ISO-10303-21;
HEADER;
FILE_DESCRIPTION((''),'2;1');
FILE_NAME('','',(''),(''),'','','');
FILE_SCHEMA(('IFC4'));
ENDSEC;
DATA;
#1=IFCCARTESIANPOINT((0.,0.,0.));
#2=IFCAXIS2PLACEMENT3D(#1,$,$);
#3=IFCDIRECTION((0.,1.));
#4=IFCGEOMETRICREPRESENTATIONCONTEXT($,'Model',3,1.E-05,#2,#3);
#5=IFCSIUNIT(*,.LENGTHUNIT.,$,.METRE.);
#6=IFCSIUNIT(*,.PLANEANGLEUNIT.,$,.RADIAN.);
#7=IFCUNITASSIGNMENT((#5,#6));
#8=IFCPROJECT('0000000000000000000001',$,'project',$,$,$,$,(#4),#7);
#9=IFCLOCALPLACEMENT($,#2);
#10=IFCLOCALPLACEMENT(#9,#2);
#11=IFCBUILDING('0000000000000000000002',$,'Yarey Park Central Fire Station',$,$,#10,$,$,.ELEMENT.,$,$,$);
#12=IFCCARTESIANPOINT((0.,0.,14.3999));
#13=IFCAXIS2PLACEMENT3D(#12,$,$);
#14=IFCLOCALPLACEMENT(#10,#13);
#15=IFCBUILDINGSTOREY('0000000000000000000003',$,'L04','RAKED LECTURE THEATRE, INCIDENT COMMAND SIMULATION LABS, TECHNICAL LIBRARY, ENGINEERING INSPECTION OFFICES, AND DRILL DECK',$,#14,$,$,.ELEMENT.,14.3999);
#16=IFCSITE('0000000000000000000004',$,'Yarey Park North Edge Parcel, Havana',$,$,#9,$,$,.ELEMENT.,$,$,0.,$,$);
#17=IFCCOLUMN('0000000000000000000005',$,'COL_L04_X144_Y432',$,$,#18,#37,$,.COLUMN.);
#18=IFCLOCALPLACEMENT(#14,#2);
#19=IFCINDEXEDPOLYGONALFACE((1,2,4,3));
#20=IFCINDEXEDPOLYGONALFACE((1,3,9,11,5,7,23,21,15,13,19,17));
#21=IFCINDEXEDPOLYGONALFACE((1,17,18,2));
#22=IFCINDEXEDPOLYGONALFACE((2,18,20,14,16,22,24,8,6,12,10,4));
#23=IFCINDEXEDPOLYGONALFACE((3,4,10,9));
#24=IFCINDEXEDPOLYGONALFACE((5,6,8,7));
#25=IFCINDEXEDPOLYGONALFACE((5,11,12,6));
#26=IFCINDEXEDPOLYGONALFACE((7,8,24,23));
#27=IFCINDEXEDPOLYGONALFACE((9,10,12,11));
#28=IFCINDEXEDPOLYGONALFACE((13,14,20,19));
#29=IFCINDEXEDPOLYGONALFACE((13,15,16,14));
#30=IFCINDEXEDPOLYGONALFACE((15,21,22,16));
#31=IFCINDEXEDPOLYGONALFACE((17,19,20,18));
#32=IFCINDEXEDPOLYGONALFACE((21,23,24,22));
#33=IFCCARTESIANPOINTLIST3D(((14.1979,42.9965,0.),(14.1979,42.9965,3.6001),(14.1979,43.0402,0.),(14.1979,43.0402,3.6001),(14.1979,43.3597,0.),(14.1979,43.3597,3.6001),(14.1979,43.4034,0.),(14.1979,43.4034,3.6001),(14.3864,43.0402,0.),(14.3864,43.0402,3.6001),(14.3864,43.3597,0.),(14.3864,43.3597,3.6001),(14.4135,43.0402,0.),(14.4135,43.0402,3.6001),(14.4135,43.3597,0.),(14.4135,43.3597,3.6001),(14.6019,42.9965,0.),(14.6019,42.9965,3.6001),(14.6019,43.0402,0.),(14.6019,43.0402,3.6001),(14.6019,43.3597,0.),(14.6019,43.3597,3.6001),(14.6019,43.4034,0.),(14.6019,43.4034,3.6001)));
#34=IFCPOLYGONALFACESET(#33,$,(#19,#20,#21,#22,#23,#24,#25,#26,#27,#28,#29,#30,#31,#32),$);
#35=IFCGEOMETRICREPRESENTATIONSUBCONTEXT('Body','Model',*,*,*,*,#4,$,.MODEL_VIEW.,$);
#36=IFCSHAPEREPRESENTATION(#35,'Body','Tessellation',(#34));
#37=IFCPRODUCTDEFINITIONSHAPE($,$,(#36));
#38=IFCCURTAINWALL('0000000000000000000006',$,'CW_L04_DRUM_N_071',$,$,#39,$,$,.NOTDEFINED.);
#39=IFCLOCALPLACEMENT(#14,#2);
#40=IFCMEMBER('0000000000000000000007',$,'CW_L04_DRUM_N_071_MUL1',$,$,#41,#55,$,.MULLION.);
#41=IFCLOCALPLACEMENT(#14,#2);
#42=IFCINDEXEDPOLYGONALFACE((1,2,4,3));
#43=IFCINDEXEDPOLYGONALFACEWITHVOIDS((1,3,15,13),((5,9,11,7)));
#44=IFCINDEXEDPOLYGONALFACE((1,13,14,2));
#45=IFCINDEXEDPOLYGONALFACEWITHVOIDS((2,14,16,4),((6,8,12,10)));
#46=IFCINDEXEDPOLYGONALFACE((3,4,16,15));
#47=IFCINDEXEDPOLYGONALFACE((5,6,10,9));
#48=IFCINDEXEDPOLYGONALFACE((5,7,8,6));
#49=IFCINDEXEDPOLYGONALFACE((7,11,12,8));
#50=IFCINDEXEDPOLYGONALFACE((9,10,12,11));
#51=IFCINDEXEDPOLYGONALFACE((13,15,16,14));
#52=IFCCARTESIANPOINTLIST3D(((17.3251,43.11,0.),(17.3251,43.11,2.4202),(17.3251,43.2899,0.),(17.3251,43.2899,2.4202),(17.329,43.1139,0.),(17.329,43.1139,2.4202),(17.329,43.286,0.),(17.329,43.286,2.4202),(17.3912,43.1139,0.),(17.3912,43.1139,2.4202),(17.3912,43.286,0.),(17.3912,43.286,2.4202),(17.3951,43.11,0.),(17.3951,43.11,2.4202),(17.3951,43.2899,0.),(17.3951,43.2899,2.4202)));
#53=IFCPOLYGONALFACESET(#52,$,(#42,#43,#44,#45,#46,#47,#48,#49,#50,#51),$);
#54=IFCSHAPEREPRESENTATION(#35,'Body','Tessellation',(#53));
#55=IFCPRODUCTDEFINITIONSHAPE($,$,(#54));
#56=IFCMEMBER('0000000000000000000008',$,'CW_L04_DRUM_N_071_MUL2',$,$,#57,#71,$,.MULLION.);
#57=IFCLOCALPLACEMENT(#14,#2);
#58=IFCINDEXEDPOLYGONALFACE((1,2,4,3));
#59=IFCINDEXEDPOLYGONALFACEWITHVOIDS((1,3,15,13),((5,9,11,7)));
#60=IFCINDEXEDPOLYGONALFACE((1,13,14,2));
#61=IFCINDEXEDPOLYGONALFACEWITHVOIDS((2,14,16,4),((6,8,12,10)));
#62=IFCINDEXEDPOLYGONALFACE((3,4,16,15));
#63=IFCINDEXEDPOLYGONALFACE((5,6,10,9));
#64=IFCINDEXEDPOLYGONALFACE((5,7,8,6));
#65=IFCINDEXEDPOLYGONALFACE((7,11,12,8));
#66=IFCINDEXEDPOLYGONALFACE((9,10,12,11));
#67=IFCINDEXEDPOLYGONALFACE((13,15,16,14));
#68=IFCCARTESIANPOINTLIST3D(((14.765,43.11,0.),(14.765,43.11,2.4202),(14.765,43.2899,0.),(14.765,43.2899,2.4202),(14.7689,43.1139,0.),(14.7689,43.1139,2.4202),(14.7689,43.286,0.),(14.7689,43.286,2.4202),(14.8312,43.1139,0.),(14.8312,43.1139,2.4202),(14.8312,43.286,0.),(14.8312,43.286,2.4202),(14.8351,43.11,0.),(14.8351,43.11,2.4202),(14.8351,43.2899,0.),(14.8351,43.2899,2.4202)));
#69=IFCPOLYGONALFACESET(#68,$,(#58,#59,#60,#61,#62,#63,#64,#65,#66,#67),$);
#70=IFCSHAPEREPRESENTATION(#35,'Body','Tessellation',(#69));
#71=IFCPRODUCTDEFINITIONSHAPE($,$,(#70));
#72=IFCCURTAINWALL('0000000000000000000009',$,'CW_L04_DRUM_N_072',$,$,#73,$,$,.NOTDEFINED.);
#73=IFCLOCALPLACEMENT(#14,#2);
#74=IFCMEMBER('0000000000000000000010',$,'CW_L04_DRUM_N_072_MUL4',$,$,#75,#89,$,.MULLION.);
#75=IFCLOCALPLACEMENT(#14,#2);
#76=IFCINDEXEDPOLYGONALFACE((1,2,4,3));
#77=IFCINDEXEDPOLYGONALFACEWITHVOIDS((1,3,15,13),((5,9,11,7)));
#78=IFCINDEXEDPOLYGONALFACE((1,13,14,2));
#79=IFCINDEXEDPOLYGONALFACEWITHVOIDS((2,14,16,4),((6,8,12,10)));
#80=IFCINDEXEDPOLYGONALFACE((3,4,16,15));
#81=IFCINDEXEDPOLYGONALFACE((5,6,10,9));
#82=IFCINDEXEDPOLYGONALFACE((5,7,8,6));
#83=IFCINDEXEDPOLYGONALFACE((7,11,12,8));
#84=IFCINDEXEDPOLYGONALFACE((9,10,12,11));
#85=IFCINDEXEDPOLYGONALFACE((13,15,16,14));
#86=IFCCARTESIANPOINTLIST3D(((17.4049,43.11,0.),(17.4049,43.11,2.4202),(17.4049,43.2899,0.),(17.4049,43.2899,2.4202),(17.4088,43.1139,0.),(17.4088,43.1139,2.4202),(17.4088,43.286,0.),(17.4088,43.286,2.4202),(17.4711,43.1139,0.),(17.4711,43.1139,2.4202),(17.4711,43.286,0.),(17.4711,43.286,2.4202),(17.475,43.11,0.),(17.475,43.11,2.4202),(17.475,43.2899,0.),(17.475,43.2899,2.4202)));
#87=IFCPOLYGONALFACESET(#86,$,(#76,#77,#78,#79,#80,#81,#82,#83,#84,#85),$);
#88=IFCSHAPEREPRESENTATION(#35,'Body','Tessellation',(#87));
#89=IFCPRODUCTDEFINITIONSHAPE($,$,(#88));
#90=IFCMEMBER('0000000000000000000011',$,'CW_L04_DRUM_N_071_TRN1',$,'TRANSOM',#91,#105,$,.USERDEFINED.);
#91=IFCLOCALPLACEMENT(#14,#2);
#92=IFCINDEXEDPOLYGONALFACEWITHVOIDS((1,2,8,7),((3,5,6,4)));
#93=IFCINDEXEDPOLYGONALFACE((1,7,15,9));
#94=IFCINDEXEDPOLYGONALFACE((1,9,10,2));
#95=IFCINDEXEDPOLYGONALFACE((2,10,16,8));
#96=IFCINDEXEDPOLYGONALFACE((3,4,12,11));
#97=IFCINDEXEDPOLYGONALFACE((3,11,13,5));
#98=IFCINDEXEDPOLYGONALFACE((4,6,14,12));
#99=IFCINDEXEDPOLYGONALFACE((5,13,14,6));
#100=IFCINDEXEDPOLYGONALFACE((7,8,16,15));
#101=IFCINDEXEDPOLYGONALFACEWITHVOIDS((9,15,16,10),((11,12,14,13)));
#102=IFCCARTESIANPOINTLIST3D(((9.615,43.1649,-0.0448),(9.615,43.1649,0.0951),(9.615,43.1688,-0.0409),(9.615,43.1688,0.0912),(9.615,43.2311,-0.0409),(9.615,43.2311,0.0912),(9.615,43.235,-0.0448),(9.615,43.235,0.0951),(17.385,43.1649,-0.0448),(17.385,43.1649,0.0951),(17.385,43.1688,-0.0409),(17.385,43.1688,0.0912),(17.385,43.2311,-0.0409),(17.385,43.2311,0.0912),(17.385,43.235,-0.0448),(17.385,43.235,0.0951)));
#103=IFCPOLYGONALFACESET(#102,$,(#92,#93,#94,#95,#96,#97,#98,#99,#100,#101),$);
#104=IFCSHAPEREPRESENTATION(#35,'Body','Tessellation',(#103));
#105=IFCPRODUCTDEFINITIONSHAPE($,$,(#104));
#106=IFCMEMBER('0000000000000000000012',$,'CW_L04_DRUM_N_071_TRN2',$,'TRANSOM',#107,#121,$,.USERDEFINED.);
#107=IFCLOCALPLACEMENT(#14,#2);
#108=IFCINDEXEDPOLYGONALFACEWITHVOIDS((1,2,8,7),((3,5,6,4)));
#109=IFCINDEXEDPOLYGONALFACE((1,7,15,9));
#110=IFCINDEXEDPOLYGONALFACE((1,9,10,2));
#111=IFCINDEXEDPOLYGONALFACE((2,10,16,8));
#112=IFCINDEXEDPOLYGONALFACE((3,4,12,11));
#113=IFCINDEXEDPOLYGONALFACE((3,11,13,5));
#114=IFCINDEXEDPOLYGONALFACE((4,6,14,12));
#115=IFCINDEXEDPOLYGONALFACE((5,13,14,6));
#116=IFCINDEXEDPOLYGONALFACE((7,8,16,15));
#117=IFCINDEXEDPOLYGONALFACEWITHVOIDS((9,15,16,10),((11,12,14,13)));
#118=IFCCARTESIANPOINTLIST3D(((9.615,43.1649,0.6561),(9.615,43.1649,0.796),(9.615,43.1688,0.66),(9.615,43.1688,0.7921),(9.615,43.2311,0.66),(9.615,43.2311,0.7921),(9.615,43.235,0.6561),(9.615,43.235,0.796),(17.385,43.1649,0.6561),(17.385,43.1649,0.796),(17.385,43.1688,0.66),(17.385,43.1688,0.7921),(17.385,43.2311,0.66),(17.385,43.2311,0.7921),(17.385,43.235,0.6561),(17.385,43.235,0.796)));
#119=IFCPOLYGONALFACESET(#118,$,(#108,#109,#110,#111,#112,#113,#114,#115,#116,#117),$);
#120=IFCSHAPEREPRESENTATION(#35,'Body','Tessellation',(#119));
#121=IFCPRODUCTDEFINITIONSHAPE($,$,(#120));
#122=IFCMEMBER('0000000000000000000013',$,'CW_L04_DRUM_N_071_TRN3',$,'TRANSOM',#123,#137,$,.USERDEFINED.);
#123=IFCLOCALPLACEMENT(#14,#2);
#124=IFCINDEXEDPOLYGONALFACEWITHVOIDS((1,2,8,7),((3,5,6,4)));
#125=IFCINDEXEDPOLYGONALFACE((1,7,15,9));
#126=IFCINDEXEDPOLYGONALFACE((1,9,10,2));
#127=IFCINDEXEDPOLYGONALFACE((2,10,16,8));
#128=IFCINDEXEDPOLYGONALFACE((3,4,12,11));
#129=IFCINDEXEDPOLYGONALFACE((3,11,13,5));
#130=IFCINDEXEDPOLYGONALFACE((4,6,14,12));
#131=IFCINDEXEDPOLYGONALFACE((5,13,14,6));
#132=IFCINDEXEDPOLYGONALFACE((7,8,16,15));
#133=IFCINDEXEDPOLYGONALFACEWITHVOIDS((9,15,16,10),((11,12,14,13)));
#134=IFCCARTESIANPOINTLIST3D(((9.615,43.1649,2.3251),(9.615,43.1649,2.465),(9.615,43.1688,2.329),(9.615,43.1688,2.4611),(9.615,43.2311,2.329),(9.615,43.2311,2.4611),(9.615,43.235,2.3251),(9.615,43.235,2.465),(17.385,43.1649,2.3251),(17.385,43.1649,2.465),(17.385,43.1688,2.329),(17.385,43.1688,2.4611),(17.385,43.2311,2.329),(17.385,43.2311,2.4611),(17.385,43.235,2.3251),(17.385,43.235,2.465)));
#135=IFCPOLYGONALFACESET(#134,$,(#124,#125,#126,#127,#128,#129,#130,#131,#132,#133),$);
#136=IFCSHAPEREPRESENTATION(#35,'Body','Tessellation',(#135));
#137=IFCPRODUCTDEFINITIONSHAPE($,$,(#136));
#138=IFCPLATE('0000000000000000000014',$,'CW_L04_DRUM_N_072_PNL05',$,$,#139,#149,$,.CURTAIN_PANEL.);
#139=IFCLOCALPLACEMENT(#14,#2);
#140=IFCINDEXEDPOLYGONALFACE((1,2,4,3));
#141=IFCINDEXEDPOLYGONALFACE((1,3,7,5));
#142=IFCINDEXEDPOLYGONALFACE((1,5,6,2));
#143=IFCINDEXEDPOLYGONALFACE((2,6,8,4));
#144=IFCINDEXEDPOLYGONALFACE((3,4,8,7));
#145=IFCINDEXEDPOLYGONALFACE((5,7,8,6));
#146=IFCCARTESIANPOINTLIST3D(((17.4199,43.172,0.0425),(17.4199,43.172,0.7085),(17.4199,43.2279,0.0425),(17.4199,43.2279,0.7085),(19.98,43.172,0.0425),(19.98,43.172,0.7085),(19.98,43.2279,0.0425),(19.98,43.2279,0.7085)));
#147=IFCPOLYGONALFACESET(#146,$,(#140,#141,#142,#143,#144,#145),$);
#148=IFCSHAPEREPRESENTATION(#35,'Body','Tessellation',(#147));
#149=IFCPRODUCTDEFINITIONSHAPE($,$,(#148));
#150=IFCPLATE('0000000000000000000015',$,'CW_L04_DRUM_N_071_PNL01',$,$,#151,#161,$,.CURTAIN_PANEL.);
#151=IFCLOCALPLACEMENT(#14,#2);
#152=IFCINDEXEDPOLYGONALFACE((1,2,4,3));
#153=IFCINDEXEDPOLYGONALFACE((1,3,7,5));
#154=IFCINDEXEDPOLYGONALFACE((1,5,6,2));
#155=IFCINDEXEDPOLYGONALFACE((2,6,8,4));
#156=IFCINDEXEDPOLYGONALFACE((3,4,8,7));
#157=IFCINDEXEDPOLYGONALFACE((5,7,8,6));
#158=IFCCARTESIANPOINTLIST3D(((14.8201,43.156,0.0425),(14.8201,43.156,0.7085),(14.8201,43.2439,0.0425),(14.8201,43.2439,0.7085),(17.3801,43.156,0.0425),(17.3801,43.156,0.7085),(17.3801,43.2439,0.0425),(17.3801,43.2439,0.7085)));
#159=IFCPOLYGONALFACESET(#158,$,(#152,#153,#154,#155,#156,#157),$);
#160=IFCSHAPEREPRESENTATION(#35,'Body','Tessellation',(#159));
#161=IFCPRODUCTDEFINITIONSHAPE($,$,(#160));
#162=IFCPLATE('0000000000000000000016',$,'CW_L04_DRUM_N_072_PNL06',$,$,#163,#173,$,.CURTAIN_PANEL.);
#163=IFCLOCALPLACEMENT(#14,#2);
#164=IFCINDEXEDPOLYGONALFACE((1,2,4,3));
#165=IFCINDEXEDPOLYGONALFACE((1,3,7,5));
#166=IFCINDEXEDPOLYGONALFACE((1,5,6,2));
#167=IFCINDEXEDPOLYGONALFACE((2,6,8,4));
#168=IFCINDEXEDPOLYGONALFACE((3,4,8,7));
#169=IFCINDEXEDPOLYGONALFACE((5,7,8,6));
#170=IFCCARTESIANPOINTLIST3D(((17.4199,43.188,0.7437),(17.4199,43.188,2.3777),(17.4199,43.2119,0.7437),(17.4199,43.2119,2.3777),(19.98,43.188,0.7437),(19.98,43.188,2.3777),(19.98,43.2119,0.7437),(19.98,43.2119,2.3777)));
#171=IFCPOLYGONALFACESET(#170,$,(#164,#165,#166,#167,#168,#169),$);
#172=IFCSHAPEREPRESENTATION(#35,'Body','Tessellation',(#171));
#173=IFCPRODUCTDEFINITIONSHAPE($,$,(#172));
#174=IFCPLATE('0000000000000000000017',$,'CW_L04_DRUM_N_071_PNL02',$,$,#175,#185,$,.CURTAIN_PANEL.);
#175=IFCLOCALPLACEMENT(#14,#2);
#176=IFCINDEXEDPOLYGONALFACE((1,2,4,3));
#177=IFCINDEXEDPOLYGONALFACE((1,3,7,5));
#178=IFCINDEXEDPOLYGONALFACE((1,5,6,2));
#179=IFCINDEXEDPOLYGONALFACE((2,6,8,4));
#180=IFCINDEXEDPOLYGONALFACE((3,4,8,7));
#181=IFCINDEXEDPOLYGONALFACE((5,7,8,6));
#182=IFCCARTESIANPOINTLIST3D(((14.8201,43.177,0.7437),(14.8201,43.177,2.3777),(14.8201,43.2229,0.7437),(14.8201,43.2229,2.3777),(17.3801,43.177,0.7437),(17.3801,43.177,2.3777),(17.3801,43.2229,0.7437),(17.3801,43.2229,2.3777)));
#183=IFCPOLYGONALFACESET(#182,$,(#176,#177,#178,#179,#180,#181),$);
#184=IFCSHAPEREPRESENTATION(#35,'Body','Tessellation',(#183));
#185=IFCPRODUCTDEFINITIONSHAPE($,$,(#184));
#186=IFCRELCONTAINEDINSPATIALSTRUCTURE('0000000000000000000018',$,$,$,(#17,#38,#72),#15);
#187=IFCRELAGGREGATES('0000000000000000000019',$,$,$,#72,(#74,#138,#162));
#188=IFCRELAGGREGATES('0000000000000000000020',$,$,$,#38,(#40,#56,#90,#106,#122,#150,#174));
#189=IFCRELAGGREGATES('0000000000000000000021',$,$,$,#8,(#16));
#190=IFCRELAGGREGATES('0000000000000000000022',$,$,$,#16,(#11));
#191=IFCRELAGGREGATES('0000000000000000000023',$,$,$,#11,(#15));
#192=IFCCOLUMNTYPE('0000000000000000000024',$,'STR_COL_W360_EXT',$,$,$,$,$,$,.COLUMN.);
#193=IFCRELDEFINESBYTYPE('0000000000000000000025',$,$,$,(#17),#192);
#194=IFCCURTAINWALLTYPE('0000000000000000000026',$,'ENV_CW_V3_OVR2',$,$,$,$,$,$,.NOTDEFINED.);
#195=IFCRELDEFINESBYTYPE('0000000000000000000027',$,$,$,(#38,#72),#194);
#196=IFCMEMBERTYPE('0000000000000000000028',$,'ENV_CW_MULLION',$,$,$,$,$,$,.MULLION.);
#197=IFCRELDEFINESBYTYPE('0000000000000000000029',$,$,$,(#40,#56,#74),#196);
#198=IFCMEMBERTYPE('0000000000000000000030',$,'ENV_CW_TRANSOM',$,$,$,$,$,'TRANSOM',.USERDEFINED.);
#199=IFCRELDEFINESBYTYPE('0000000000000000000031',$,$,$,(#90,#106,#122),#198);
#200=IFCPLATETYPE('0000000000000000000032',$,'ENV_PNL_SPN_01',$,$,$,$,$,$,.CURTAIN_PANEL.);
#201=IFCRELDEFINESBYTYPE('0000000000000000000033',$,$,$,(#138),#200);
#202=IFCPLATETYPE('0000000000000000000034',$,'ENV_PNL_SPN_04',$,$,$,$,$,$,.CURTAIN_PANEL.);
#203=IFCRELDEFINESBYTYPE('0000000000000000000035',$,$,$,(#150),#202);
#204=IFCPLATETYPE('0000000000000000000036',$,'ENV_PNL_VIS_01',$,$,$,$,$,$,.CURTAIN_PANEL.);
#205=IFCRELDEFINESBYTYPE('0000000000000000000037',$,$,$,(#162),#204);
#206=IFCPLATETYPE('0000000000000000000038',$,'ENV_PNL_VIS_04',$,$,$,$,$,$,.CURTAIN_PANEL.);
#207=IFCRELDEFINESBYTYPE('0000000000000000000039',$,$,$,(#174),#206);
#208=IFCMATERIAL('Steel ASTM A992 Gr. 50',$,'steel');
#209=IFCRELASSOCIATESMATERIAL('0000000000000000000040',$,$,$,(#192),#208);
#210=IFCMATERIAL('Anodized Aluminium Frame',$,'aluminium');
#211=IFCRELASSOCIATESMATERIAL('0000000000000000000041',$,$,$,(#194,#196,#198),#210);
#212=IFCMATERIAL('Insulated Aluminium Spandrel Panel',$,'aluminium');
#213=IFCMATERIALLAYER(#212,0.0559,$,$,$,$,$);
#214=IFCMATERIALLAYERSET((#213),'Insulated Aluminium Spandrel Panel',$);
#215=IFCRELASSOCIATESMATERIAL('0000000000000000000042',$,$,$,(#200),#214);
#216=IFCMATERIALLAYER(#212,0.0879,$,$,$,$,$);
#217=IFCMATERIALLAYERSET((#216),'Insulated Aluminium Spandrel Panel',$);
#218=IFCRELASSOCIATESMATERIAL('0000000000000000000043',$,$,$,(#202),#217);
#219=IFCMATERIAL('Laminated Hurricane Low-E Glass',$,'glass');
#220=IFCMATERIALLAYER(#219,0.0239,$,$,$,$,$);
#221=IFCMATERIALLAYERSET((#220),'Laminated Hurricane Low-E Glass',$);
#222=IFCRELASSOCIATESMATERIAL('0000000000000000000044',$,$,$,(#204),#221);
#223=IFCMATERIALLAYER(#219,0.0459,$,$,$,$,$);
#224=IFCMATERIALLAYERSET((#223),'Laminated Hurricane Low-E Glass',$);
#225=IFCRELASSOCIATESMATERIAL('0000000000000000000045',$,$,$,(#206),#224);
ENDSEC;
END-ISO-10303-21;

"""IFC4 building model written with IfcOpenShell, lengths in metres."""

from ifc_helpers import new_model, si_unit, direction, frame, origin, origin_2d, place, context, subcontext, project, spatial, rectangle, hollow_rectangle, i_section, extrude, material, layer, layer_set, material_profile, profile_set, type_object, element, aggregate, save


model = new_model("IFC4")

# Units and contexts
model_context = context("Model", 3, precision=1e-05, world=origin(), true_north=direction((0.0, 1.0)))
body_context = subcontext(model_context, "Body", "Model", "MODEL_VIEW")
ifc_project = project(units=[si_unit("LENGTHUNIT", "METRE"), si_unit("PLANEANGLEUNIT", "RADIAN")], contexts=[model_context])

# Site, building, storey
site_placement = place(None, origin())
site = spatial("IfcSite", under=ifc_project, at=site_placement, Name="Yarey Park North Edge Parcel, Havana", CompositionType="ELEMENT", RefElevation=0.0)
building_placement = place(site_placement, origin())
building = spatial("IfcBuilding", under=site, at=building_placement, Name="Yarey Park Central Fire Station", CompositionType="ELEMENT")
storey_placement = place(building_placement, frame((0.0, 0.0, 14.3999)))
storey = spatial("IfcBuildingStorey", under=building, at=storey_placement, Name="L04", Description="RAKED LECTURE THEATRE, INCIDENT COMMAND SIMULATION LABS, TECHNICAL LIBRARY, ENGINEERING INSPECTION OFFICES, AND DRILL DECK", CompositionType="ELEMENT", Elevation=14.3999)

# Column
ifc_material_1 = material(Name="Steel ASTM A992 Gr. 50", Category="steel")
ifc_material_profile_1 = material_profile(ifc_material_1, i_section(OverallWidth=0.4041, OverallDepth=0.407, WebThickness=0.0271, FlangeThickness=0.0437, at=origin_2d()), Name="W360x347")
ifc_profile_set_1 = profile_set([ifc_material_profile_1], Name="Steel ASTM A992 Gr. 50")
column_type = type_object("IfcColumnType", Name="STR_COL_W360_EXT", PredefinedType="COLUMN", material=ifc_profile_set_1)
column_placement = place(storey_placement, frame((14.3999, 43.2, 0.0), z_axis=(0.0, 0.0, 1.0), x_axis=(1.0, 0.0, 0.0)))
element("IfcColumn", 1, at=column_placement, inside=storey, type_object=column_type, Name="COL_L04_X144_Y432", PredefinedType="COLUMN", context=body_context, shape_type="SweptSolid", body=[
    extrude(i_section(OverallWidth=0.4041, OverallDepth=0.407, WebThickness=0.0271, FlangeThickness=0.0437, at=origin_2d()), origin(), (0.0, 0.0, 1.0), 3.6001),
])

# Curtain wall, members
ifc_material_2 = material(Name="Anodized Aluminium Frame", Category="aluminium")
curtain_wall_type = type_object("IfcCurtainWallType", Name="ENV_CW_V3_OVR2", PredefinedType="NOTDEFINED", material=ifc_material_2)
curtain_wall_1_placement = place(storey_placement, origin())
curtain_wall_1 = element("IfcCurtainWall", 2, at=curtain_wall_1_placement, inside=storey, type_object=curtain_wall_type, Name="CW_L04_DRUM_N_071", PredefinedType="NOTDEFINED")
ifc_material_profile_2 = material_profile(ifc_material_2, hollow_rectangle(XDim=0.0701, YDim=0.1799, WallThickness=0.0039, at=origin_2d()), Name="ALU 180x70x4")
ifc_profile_set_2 = profile_set([ifc_material_profile_2], Name="Anodized Aluminium Frame")
member_type_1 = type_object("IfcMemberType", Name="ENV_CW_MULLION", PredefinedType="MULLION", material=ifc_profile_set_2)
member_1_placement = place(storey_placement, frame((17.3601, 43.2, 0.0), z_axis=(0.0, 0.0, 1.0), x_axis=(1.0, 0.0, 0.0)))
member_1 = element("IfcMember", 3, at=member_1_placement, type_object=member_type_1, Name="CW_L04_DRUM_N_071_MUL1", PredefinedType="MULLION", context=body_context, shape_type="SweptSolid", body=[
    extrude(hollow_rectangle(XDim=0.0701, YDim=0.1799, WallThickness=0.0039, at=origin_2d()), origin(), (0.0, 0.0, 1.0), 2.4202),
])
member_2_placement = place(storey_placement, frame((14.8, 43.2, 0.0), z_axis=(0.0, 0.0, 1.0), x_axis=(1.0, 0.0, 0.0)))
member_2 = element("IfcMember", 4, at=member_2_placement, type_object=member_type_1, Name="CW_L04_DRUM_N_071_MUL2", PredefinedType="MULLION", context=body_context, shape_type="SweptSolid", body=[
    extrude(hollow_rectangle(XDim=0.0701, YDim=0.1799, WallThickness=0.0039, at=origin_2d()), origin(), (0.0, 0.0, 1.0), 2.4202),
])

# Curtain wall, member
curtain_wall_2_placement = place(storey_placement, origin())
curtain_wall_2 = element("IfcCurtainWall", 5, at=curtain_wall_2_placement, inside=storey, type_object=curtain_wall_type, Name="CW_L04_DRUM_N_072", PredefinedType="NOTDEFINED")
member_3_placement = place(storey_placement, frame((17.4399, 43.2, 0.0), z_axis=(0.0, 0.0, 1.0), x_axis=(1.0, 0.0, 0.0)))
member_3 = element("IfcMember", 6, at=member_3_placement, type_object=member_type_1, Name="CW_L04_DRUM_N_072_MUL4", PredefinedType="MULLION", context=body_context, shape_type="SweptSolid", body=[
    extrude(hollow_rectangle(XDim=0.0701, YDim=0.1799, WallThickness=0.0039, at=origin_2d()), origin(), (0.0, 0.0, 1.0), 2.4202),
])

# Members
ifc_material_profile_3 = material_profile(ifc_material_2, hollow_rectangle(XDim=0.0701, YDim=0.1399, WallThickness=0.0039, at=origin_2d()), Name="ALU 140x70x4")
ifc_profile_set_3 = profile_set([ifc_material_profile_3], Name="Anodized Aluminium Frame")
member_type_2 = type_object("IfcMemberType", Name="ENV_CW_TRANSOM", ElementType="TRANSOM", PredefinedType="USERDEFINED", material=ifc_profile_set_3)
member_4_placement = place(storey_placement, frame((17.385, 43.2, 0.0251), z_axis=(-1.0, 0.0, 0.0), x_axis=(0.0, -1.0, 0.0)))
member_4 = element("IfcMember", 7, at=member_4_placement, type_object=member_type_2, Name="CW_L04_DRUM_N_071_TRN1", ObjectType="TRANSOM", PredefinedType="USERDEFINED", context=body_context, shape_type="SweptSolid", body=[
    extrude(hollow_rectangle(XDim=0.0701, YDim=0.1399, WallThickness=0.0039, at=origin_2d()), origin(), (0.0, 0.0, 1.0), 7.77),
])
member_5_placement = place(storey_placement, frame((17.385, 43.2, 0.7261), z_axis=(-1.0, 0.0, 0.0), x_axis=(0.0, -1.0, 0.0)))
member_5 = element("IfcMember", 8, at=member_5_placement, type_object=member_type_2, Name="CW_L04_DRUM_N_071_TRN2", ObjectType="TRANSOM", PredefinedType="USERDEFINED", context=body_context, shape_type="SweptSolid", body=[
    extrude(hollow_rectangle(XDim=0.0701, YDim=0.1399, WallThickness=0.0039, at=origin_2d()), origin(), (0.0, 0.0, 1.0), 7.77),
])
member_6_placement = place(storey_placement, frame((17.385, 43.2, 2.395), z_axis=(-1.0, 0.0, 0.0), x_axis=(0.0, -1.0, 0.0)))
member_6 = element("IfcMember", 9, at=member_6_placement, type_object=member_type_2, Name="CW_L04_DRUM_N_071_TRN3", ObjectType="TRANSOM", PredefinedType="USERDEFINED", context=body_context, shape_type="SweptSolid", body=[
    extrude(hollow_rectangle(XDim=0.0701, YDim=0.1399, WallThickness=0.0039, at=origin_2d()), origin(), (0.0, 0.0, 1.0), 7.77),
])

# Plates
ifc_material_3 = material(Name="Insulated Aluminium Spandrel Panel", Category="aluminium")
ifc_layer_1 = layer(ifc_material_3, 0.0559)
ifc_layer_set_1 = layer_set([ifc_layer_1], Name="Insulated Aluminium Spandrel Panel")
plate_type_1 = type_object("IfcPlateType", Name="ENV_PNL_SPN_01", PredefinedType="CURTAIN_PANEL", material=ifc_layer_set_1)
plate_1_placement = place(storey_placement, frame((18.7, 43.2, 0.0425), z_axis=(0.0, 0.0, 1.0), x_axis=(-1.0, 0.0, 0.0)))
plate_1 = element("IfcPlate", 10, at=plate_1_placement, type_object=plate_type_1, Name="CW_L04_DRUM_N_072_PNL05", PredefinedType="CURTAIN_PANEL", context=body_context, shape_type="SweptSolid", body=[
    extrude(rectangle(XDim=2.5601, YDim=0.0559, at=origin_2d()), origin(), (0.0, 0.0, 1.0), 0.666),
])
ifc_layer_2 = layer(ifc_material_3, 0.0879)
ifc_layer_set_2 = layer_set([ifc_layer_2], Name="Insulated Aluminium Spandrel Panel")
plate_type_2 = type_object("IfcPlateType", Name="ENV_PNL_SPN_04", PredefinedType="CURTAIN_PANEL", material=ifc_layer_set_2)
plate_2_placement = place(storey_placement, frame((16.1001, 43.2, 0.0425), z_axis=(0.0, 0.0, 1.0), x_axis=(-1.0, 0.0, 0.0)))
plate_2 = element("IfcPlate", 11, at=plate_2_placement, type_object=plate_type_2, Name="CW_L04_DRUM_N_071_PNL01", PredefinedType="CURTAIN_PANEL", context=body_context, shape_type="SweptSolid", body=[
    extrude(rectangle(XDim=2.5601, YDim=0.0879, at=origin_2d()), origin(), (0.0, 0.0, 1.0), 0.666),
])
ifc_material_4 = material(Name="Laminated Hurricane Low-E Glass", Category="glass")
ifc_layer_3 = layer(ifc_material_4, 0.0239)
ifc_layer_set_3 = layer_set([ifc_layer_3], Name="Laminated Hurricane Low-E Glass")
plate_type_3 = type_object("IfcPlateType", Name="ENV_PNL_VIS_01", PredefinedType="CURTAIN_PANEL", material=ifc_layer_set_3)
plate_3_placement = place(storey_placement, frame((18.7, 43.2, 0.7437), z_axis=(0.0, 0.0, 1.0), x_axis=(-1.0, 0.0, 0.0)))
plate_3 = element("IfcPlate", 12, at=plate_3_placement, type_object=plate_type_3, Name="CW_L04_DRUM_N_072_PNL06", PredefinedType="CURTAIN_PANEL", context=body_context, shape_type="SweptSolid", body=[
    extrude(rectangle(XDim=2.5601, YDim=0.0239, at=origin_2d()), origin(), (0.0, 0.0, 1.0), 1.634),
])
aggregate(curtain_wall_2, [member_3, plate_1, plate_3])
ifc_layer_4 = layer(ifc_material_4, 0.0459)
ifc_layer_set_4 = layer_set([ifc_layer_4], Name="Laminated Hurricane Low-E Glass")
plate_type_4 = type_object("IfcPlateType", Name="ENV_PNL_VIS_04", PredefinedType="CURTAIN_PANEL", material=ifc_layer_set_4)
plate_4_placement = place(storey_placement, frame((16.1001, 43.2, 0.7437), z_axis=(0.0, 0.0, 1.0), x_axis=(-1.0, 0.0, 0.0)))
plate_4 = element("IfcPlate", 13, at=plate_4_placement, type_object=plate_type_4, Name="CW_L04_DRUM_N_071_PNL02", PredefinedType="CURTAIN_PANEL", context=body_context, shape_type="SweptSolid", body=[
    extrude(rectangle(XDim=2.5601, YDim=0.0459, at=origin_2d()), origin(), (0.0, 0.0, 1.0), 1.634),
])
aggregate(curtain_wall_1, [member_1, member_2, member_4, member_5, member_6, plate_2, plate_4])

save(model, "model.ifc")
